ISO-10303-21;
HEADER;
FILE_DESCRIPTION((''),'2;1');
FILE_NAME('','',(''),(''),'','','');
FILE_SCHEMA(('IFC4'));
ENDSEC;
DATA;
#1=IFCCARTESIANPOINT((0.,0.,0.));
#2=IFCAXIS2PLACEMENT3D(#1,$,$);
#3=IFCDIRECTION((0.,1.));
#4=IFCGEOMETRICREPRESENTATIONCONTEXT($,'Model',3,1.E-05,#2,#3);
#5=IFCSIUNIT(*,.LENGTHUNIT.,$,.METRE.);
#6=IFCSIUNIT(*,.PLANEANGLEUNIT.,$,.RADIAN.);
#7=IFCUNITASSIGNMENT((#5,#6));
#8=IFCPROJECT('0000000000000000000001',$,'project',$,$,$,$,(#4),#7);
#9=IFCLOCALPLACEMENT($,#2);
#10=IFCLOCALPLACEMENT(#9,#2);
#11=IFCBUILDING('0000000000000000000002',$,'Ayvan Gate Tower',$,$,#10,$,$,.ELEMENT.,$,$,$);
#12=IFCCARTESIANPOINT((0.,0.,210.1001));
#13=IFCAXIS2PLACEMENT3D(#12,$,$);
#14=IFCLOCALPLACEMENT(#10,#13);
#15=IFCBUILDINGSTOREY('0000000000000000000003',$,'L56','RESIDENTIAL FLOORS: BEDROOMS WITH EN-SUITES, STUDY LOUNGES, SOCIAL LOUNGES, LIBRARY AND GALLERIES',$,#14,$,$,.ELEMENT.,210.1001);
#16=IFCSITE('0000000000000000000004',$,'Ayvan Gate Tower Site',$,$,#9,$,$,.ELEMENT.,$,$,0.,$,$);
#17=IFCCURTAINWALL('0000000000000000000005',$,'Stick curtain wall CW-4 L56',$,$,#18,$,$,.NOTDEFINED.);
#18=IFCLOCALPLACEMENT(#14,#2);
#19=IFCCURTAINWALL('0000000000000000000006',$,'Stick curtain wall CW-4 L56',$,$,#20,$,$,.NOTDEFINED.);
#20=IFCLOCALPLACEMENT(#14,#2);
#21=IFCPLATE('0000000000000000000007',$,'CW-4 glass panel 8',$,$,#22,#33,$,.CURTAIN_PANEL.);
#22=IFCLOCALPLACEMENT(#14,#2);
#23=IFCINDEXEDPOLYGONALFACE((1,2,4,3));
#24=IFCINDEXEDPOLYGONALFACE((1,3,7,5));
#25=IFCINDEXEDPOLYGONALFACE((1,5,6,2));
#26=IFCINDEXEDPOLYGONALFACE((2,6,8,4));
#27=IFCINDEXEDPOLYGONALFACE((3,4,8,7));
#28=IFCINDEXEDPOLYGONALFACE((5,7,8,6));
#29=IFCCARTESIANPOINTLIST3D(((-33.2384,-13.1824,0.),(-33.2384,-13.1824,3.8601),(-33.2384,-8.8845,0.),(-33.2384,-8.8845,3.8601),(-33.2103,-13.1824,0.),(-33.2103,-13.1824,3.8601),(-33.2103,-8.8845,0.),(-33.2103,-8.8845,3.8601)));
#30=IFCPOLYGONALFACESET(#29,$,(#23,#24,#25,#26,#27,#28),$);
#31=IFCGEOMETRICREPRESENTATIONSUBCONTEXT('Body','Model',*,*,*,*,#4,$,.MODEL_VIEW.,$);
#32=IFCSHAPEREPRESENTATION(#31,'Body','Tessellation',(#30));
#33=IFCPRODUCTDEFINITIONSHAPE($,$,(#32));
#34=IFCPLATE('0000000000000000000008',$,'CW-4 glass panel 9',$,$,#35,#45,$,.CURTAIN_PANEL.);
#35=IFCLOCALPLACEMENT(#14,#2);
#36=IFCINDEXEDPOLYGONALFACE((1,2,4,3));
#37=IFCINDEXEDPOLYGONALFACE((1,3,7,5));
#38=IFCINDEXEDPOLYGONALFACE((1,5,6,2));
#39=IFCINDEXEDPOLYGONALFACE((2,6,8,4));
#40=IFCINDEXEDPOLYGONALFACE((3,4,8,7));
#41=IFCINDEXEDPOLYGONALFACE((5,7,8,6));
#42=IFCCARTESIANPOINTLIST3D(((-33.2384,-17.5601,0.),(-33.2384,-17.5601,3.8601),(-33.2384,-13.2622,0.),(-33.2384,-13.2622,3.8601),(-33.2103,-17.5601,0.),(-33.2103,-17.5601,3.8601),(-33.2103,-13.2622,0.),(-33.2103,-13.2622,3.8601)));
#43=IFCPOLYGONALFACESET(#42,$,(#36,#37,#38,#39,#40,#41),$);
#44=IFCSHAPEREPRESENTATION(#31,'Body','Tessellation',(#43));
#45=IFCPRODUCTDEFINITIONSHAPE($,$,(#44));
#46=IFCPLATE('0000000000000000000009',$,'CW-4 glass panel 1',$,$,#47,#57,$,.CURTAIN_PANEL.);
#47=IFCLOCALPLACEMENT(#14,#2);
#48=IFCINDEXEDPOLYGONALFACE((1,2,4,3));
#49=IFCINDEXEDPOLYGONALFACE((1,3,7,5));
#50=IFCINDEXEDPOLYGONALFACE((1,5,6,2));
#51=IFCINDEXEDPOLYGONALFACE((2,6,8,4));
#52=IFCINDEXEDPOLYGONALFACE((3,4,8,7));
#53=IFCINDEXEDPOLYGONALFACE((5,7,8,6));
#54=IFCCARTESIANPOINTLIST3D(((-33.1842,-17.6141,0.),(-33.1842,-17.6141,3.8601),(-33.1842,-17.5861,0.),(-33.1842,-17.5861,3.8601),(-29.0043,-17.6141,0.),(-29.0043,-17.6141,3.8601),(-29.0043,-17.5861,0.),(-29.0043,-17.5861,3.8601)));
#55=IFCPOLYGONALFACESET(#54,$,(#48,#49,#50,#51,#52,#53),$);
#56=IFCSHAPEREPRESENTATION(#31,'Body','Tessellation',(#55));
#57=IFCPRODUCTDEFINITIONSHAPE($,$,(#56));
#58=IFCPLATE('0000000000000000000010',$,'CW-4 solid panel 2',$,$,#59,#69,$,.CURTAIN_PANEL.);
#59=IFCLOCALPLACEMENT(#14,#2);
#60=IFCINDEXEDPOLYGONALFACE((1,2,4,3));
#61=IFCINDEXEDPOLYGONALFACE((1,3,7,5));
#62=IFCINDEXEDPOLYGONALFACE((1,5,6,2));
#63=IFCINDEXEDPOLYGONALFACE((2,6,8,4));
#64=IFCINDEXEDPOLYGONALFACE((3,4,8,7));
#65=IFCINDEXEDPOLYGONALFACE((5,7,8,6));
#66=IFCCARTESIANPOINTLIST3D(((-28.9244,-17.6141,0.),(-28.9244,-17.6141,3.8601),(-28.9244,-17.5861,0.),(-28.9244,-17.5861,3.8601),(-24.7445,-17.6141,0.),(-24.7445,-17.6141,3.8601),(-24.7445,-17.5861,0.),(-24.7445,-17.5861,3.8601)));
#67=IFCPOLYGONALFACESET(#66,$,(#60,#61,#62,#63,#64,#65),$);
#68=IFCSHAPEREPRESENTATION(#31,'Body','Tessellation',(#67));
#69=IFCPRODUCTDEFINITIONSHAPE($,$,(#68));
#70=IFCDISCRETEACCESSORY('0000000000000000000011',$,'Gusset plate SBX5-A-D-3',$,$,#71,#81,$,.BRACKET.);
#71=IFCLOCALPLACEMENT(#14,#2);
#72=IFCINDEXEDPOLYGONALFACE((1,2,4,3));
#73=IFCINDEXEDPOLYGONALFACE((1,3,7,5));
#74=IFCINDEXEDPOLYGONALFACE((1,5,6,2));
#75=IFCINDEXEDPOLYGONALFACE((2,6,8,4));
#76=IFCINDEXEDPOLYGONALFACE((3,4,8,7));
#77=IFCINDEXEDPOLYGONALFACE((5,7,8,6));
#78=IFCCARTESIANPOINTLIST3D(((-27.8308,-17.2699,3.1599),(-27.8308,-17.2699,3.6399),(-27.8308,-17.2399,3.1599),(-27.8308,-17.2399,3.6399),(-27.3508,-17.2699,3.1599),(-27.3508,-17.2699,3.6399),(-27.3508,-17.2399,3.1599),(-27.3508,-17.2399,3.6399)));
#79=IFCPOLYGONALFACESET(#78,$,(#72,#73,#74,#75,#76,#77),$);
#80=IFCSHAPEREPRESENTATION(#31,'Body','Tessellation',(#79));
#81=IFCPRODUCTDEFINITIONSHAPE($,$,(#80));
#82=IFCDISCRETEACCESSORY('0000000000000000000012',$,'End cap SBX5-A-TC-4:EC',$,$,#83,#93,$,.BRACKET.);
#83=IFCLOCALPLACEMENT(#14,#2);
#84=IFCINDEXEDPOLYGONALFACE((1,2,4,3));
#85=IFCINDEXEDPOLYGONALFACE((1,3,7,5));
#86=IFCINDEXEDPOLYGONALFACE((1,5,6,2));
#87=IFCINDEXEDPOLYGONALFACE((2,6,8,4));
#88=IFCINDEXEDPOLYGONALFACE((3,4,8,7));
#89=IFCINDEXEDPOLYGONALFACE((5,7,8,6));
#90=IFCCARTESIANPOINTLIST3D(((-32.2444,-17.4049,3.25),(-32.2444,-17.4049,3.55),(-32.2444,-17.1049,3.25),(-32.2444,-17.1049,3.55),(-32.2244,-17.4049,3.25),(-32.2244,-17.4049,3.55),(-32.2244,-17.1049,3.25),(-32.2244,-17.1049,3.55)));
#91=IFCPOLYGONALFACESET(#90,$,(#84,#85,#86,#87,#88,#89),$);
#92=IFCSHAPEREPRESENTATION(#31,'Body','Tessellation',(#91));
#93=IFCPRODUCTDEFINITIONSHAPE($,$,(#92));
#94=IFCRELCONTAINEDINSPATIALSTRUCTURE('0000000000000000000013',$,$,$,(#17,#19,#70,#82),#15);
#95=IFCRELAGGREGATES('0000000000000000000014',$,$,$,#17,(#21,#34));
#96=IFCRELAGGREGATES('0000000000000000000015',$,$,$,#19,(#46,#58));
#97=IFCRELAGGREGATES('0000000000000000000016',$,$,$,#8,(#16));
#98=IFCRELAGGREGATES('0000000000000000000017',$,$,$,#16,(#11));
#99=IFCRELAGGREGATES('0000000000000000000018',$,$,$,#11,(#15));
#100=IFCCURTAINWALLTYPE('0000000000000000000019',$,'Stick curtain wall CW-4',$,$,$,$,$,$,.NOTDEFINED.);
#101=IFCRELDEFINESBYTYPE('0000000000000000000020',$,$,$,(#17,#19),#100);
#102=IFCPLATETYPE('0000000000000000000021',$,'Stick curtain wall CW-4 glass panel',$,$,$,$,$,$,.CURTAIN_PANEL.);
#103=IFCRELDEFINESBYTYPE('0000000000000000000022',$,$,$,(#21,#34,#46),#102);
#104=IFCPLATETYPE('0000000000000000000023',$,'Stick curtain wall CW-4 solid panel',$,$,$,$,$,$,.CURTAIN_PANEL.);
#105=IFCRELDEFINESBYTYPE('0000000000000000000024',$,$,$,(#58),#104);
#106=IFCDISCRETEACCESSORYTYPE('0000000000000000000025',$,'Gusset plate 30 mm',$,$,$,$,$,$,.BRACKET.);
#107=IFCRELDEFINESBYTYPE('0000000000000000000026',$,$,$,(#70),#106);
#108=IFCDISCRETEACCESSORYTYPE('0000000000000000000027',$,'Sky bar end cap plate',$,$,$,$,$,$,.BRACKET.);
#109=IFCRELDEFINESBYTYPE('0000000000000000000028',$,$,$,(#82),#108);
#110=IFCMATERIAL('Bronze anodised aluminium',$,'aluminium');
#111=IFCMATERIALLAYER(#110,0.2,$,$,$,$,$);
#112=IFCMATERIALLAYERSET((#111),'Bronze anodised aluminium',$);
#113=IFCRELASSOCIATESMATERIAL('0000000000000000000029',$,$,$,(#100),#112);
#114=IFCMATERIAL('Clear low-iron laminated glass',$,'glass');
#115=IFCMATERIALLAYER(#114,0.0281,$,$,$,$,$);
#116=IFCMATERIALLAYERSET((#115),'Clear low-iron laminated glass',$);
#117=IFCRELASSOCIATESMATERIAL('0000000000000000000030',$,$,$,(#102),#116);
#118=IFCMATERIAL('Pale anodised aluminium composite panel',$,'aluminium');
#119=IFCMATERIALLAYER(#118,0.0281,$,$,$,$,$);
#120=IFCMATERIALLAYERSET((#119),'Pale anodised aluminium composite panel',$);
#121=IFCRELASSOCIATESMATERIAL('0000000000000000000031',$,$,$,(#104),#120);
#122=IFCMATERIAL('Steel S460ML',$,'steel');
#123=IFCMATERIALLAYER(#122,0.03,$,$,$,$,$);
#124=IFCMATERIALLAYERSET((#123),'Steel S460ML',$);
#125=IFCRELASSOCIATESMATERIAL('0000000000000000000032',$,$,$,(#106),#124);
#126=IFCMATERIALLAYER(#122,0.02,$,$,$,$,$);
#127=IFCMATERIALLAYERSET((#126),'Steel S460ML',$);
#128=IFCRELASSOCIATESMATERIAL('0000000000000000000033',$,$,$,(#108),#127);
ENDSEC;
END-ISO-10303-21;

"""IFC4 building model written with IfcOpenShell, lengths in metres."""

from ifc_helpers import new_model, si_unit, direction, frame, origin, origin_2d, place, context, subcontext, project, spatial, rectangle, extrude, material, layer, layer_set, type_object, element, aggregate, save


model = new_model("IFC4")

# Units and contexts
model_context = context("Model", 3, precision=1e-05, world=origin(), true_north=direction((0.0, 1.0)))
body_context = subcontext(model_context, "Body", "Model", "MODEL_VIEW")
ifc_project = project(units=[si_unit("LENGTHUNIT", "METRE"), si_unit("PLANEANGLEUNIT", "RADIAN")], contexts=[model_context])

# Site, building, storey
site_placement = place(None, origin())
site = spatial("IfcSite", under=ifc_project, at=site_placement, Name="Ayvan Gate Tower Site", CompositionType="ELEMENT", RefElevation=0.0)
building_placement = place(site_placement, origin())
building = spatial("IfcBuilding", under=site, at=building_placement, Name="Ayvan Gate Tower", CompositionType="ELEMENT")
storey_placement = place(building_placement, frame((0.0, 0.0, 210.1001)))
storey = spatial("IfcBuildingStorey", under=building, at=storey_placement, Name="L56", Description="RESIDENTIAL FLOORS: BEDROOMS WITH EN-SUITES, STUDY LOUNGES, SOCIAL LOUNGES, LIBRARY AND GALLERIES", CompositionType="ELEMENT", Elevation=210.1001)

# Shared definitions
ifc_material_1 = material(Name="Steel S460ML", Category="steel")

# Curtain walls
ifc_material_2 = material(Name="Bronze anodised aluminium", Category="aluminium")
ifc_layer_1 = layer(ifc_material_2, 0.2)
ifc_layer_set_1 = layer_set([ifc_layer_1], Name="Bronze anodised aluminium")
curtain_wall_type = type_object("IfcCurtainWallType", Name="Stick curtain wall CW-4", PredefinedType="NOTDEFINED", material=ifc_layer_set_1)
curtain_wall_1_placement = place(storey_placement, origin())
curtain_wall_1 = element("IfcCurtainWall", 1, at=curtain_wall_1_placement, inside=storey, type_object=curtain_wall_type, Name="Stick curtain wall CW-4 L56", PredefinedType="NOTDEFINED")
curtain_wall_2_placement = place(storey_placement, origin())
curtain_wall_2 = element("IfcCurtainWall", 2, at=curtain_wall_2_placement, inside=storey, type_object=curtain_wall_type, Name="Stick curtain wall CW-4 L56", PredefinedType="NOTDEFINED")

# Plates
ifc_material_3 = material(Name="Clear low-iron laminated glass", Category="glass")
ifc_layer_2 = layer(ifc_material_3, 0.0281)
ifc_layer_set_2 = layer_set([ifc_layer_2], Name="Clear low-iron laminated glass")
plate_type_1 = type_object("IfcPlateType", Name="Stick curtain wall CW-4 glass panel", PredefinedType="CURTAIN_PANEL", material=ifc_layer_set_2)
plate_1_placement = place(storey_placement, frame((-33.2244, -11.0334, 0.0), z_axis=(0.0, 0.0, 1.0), x_axis=(0.0, -1.0, 0.0)))
plate_1 = element("IfcPlate", 3, at=plate_1_placement, type_object=plate_type_1, Name="CW-4 glass panel 8", PredefinedType="CURTAIN_PANEL", context=body_context, shape_type="SweptSolid", body=[
    extrude(rectangle(XDim=4.2979, YDim=0.0281, at=origin_2d()), origin(), (0.0, 0.0, 1.0), 3.8601),
])
plate_2_placement = place(storey_placement, frame((-33.2244, -15.4111, 0.0), z_axis=(0.0, 0.0, 1.0), x_axis=(0.0, -1.0, 0.0)))
plate_2 = element("IfcPlate", 4, at=plate_2_placement, type_object=plate_type_1, Name="CW-4 glass panel 9", PredefinedType="CURTAIN_PANEL", context=body_context, shape_type="SweptSolid", body=[
    extrude(rectangle(XDim=4.2979, YDim=0.0281, at=origin_2d()), origin(), (0.0, 0.0, 1.0), 3.8601),
])
aggregate(curtain_wall_1, [plate_1, plate_2])
plate_3_placement = place(storey_placement, frame((-31.0942, -17.6001, 0.0), z_axis=(0.0, 0.0, 1.0), x_axis=(1.0, 0.0, 0.0)))
plate_3 = element("IfcPlate", 5, at=plate_3_placement, type_object=plate_type_1, Name="CW-4 glass panel 1", PredefinedType="CURTAIN_PANEL", context=body_context, shape_type="SweptSolid", body=[
    extrude(rectangle(XDim=4.1799, YDim=0.0281, at=origin_2d()), origin(), (0.0, 0.0, 1.0), 3.8601),
])
ifc_material_4 = material(Name="Pale anodised aluminium composite panel", Category="aluminium")
ifc_layer_3 = layer(ifc_material_4, 0.0281)
ifc_layer_set_3 = layer_set([ifc_layer_3], Name="Pale anodised aluminium composite panel")
plate_type_2 = type_object("IfcPlateType", Name="Stick curtain wall CW-4 solid panel", PredefinedType="CURTAIN_PANEL", material=ifc_layer_set_3)
plate_4_placement = place(storey_placement, frame((-26.8345, -17.6001, 0.0), z_axis=(0.0, 0.0, 1.0), x_axis=(1.0, 0.0, 0.0)))
plate_4 = element("IfcPlate", 6, at=plate_4_placement, type_object=plate_type_2, Name="CW-4 solid panel 2", PredefinedType="CURTAIN_PANEL", context=body_context, shape_type="SweptSolid", body=[
    extrude(rectangle(XDim=4.1799, YDim=0.0281, at=origin_2d()), origin(), (0.0, 0.0, 1.0), 3.8601),
])
aggregate(curtain_wall_2, [plate_3, plate_4])

# Discrete accessories
ifc_layer_4 = layer(ifc_material_1, 0.03)
ifc_layer_set_4 = layer_set([ifc_layer_4], Name="Steel S460ML")
discrete_accessory_type_1 = type_object("IfcDiscreteAccessoryType", Name="Gusset plate 30 mm", PredefinedType="BRACKET", material=ifc_layer_set_4)
discrete_accessory_1_placement = place(storey_placement, frame((-27.5908, -17.2549, 3.1599), z_axis=(0.0, 0.0, 1.0), x_axis=(1.0, 0.0, 0.0)))
element("IfcDiscreteAccessory", 7, at=discrete_accessory_1_placement, inside=storey, type_object=discrete_accessory_type_1, Name="Gusset plate SBX5-A-D-3", PredefinedType="BRACKET", context=body_context, shape_type="SweptSolid", body=[
    extrude(rectangle(XDim=0.48, YDim=0.03, at=origin_2d()), origin(), (0.0, 0.0, 1.0), 0.48),
])
ifc_layer_5 = layer(ifc_material_1, 0.02)
ifc_layer_set_5 = layer_set([ifc_layer_5], Name="Steel S460ML")
discrete_accessory_type_2 = type_object("IfcDiscreteAccessoryType", Name="Sky bar end cap plate", PredefinedType="BRACKET", material=ifc_layer_set_5)
discrete_accessory_2_placement = place(storey_placement, frame((-32.2344, -17.2549, 3.25), z_axis=(0.0, 0.0, 1.0), x_axis=(-1.0, 0.0, 0.0)))
element("IfcDiscreteAccessory", 8, at=discrete_accessory_2_placement, inside=storey, type_object=discrete_accessory_type_2, Name="End cap SBX5-A-TC-4:EC", PredefinedType="BRACKET", context=body_context, shape_type="SweptSolid", body=[
    extrude(rectangle(XDim=0.02, YDim=0.3, at=origin_2d()), origin(), (0.0, 0.0, 1.0), 0.3),
])

save(model, "model.ifc")
